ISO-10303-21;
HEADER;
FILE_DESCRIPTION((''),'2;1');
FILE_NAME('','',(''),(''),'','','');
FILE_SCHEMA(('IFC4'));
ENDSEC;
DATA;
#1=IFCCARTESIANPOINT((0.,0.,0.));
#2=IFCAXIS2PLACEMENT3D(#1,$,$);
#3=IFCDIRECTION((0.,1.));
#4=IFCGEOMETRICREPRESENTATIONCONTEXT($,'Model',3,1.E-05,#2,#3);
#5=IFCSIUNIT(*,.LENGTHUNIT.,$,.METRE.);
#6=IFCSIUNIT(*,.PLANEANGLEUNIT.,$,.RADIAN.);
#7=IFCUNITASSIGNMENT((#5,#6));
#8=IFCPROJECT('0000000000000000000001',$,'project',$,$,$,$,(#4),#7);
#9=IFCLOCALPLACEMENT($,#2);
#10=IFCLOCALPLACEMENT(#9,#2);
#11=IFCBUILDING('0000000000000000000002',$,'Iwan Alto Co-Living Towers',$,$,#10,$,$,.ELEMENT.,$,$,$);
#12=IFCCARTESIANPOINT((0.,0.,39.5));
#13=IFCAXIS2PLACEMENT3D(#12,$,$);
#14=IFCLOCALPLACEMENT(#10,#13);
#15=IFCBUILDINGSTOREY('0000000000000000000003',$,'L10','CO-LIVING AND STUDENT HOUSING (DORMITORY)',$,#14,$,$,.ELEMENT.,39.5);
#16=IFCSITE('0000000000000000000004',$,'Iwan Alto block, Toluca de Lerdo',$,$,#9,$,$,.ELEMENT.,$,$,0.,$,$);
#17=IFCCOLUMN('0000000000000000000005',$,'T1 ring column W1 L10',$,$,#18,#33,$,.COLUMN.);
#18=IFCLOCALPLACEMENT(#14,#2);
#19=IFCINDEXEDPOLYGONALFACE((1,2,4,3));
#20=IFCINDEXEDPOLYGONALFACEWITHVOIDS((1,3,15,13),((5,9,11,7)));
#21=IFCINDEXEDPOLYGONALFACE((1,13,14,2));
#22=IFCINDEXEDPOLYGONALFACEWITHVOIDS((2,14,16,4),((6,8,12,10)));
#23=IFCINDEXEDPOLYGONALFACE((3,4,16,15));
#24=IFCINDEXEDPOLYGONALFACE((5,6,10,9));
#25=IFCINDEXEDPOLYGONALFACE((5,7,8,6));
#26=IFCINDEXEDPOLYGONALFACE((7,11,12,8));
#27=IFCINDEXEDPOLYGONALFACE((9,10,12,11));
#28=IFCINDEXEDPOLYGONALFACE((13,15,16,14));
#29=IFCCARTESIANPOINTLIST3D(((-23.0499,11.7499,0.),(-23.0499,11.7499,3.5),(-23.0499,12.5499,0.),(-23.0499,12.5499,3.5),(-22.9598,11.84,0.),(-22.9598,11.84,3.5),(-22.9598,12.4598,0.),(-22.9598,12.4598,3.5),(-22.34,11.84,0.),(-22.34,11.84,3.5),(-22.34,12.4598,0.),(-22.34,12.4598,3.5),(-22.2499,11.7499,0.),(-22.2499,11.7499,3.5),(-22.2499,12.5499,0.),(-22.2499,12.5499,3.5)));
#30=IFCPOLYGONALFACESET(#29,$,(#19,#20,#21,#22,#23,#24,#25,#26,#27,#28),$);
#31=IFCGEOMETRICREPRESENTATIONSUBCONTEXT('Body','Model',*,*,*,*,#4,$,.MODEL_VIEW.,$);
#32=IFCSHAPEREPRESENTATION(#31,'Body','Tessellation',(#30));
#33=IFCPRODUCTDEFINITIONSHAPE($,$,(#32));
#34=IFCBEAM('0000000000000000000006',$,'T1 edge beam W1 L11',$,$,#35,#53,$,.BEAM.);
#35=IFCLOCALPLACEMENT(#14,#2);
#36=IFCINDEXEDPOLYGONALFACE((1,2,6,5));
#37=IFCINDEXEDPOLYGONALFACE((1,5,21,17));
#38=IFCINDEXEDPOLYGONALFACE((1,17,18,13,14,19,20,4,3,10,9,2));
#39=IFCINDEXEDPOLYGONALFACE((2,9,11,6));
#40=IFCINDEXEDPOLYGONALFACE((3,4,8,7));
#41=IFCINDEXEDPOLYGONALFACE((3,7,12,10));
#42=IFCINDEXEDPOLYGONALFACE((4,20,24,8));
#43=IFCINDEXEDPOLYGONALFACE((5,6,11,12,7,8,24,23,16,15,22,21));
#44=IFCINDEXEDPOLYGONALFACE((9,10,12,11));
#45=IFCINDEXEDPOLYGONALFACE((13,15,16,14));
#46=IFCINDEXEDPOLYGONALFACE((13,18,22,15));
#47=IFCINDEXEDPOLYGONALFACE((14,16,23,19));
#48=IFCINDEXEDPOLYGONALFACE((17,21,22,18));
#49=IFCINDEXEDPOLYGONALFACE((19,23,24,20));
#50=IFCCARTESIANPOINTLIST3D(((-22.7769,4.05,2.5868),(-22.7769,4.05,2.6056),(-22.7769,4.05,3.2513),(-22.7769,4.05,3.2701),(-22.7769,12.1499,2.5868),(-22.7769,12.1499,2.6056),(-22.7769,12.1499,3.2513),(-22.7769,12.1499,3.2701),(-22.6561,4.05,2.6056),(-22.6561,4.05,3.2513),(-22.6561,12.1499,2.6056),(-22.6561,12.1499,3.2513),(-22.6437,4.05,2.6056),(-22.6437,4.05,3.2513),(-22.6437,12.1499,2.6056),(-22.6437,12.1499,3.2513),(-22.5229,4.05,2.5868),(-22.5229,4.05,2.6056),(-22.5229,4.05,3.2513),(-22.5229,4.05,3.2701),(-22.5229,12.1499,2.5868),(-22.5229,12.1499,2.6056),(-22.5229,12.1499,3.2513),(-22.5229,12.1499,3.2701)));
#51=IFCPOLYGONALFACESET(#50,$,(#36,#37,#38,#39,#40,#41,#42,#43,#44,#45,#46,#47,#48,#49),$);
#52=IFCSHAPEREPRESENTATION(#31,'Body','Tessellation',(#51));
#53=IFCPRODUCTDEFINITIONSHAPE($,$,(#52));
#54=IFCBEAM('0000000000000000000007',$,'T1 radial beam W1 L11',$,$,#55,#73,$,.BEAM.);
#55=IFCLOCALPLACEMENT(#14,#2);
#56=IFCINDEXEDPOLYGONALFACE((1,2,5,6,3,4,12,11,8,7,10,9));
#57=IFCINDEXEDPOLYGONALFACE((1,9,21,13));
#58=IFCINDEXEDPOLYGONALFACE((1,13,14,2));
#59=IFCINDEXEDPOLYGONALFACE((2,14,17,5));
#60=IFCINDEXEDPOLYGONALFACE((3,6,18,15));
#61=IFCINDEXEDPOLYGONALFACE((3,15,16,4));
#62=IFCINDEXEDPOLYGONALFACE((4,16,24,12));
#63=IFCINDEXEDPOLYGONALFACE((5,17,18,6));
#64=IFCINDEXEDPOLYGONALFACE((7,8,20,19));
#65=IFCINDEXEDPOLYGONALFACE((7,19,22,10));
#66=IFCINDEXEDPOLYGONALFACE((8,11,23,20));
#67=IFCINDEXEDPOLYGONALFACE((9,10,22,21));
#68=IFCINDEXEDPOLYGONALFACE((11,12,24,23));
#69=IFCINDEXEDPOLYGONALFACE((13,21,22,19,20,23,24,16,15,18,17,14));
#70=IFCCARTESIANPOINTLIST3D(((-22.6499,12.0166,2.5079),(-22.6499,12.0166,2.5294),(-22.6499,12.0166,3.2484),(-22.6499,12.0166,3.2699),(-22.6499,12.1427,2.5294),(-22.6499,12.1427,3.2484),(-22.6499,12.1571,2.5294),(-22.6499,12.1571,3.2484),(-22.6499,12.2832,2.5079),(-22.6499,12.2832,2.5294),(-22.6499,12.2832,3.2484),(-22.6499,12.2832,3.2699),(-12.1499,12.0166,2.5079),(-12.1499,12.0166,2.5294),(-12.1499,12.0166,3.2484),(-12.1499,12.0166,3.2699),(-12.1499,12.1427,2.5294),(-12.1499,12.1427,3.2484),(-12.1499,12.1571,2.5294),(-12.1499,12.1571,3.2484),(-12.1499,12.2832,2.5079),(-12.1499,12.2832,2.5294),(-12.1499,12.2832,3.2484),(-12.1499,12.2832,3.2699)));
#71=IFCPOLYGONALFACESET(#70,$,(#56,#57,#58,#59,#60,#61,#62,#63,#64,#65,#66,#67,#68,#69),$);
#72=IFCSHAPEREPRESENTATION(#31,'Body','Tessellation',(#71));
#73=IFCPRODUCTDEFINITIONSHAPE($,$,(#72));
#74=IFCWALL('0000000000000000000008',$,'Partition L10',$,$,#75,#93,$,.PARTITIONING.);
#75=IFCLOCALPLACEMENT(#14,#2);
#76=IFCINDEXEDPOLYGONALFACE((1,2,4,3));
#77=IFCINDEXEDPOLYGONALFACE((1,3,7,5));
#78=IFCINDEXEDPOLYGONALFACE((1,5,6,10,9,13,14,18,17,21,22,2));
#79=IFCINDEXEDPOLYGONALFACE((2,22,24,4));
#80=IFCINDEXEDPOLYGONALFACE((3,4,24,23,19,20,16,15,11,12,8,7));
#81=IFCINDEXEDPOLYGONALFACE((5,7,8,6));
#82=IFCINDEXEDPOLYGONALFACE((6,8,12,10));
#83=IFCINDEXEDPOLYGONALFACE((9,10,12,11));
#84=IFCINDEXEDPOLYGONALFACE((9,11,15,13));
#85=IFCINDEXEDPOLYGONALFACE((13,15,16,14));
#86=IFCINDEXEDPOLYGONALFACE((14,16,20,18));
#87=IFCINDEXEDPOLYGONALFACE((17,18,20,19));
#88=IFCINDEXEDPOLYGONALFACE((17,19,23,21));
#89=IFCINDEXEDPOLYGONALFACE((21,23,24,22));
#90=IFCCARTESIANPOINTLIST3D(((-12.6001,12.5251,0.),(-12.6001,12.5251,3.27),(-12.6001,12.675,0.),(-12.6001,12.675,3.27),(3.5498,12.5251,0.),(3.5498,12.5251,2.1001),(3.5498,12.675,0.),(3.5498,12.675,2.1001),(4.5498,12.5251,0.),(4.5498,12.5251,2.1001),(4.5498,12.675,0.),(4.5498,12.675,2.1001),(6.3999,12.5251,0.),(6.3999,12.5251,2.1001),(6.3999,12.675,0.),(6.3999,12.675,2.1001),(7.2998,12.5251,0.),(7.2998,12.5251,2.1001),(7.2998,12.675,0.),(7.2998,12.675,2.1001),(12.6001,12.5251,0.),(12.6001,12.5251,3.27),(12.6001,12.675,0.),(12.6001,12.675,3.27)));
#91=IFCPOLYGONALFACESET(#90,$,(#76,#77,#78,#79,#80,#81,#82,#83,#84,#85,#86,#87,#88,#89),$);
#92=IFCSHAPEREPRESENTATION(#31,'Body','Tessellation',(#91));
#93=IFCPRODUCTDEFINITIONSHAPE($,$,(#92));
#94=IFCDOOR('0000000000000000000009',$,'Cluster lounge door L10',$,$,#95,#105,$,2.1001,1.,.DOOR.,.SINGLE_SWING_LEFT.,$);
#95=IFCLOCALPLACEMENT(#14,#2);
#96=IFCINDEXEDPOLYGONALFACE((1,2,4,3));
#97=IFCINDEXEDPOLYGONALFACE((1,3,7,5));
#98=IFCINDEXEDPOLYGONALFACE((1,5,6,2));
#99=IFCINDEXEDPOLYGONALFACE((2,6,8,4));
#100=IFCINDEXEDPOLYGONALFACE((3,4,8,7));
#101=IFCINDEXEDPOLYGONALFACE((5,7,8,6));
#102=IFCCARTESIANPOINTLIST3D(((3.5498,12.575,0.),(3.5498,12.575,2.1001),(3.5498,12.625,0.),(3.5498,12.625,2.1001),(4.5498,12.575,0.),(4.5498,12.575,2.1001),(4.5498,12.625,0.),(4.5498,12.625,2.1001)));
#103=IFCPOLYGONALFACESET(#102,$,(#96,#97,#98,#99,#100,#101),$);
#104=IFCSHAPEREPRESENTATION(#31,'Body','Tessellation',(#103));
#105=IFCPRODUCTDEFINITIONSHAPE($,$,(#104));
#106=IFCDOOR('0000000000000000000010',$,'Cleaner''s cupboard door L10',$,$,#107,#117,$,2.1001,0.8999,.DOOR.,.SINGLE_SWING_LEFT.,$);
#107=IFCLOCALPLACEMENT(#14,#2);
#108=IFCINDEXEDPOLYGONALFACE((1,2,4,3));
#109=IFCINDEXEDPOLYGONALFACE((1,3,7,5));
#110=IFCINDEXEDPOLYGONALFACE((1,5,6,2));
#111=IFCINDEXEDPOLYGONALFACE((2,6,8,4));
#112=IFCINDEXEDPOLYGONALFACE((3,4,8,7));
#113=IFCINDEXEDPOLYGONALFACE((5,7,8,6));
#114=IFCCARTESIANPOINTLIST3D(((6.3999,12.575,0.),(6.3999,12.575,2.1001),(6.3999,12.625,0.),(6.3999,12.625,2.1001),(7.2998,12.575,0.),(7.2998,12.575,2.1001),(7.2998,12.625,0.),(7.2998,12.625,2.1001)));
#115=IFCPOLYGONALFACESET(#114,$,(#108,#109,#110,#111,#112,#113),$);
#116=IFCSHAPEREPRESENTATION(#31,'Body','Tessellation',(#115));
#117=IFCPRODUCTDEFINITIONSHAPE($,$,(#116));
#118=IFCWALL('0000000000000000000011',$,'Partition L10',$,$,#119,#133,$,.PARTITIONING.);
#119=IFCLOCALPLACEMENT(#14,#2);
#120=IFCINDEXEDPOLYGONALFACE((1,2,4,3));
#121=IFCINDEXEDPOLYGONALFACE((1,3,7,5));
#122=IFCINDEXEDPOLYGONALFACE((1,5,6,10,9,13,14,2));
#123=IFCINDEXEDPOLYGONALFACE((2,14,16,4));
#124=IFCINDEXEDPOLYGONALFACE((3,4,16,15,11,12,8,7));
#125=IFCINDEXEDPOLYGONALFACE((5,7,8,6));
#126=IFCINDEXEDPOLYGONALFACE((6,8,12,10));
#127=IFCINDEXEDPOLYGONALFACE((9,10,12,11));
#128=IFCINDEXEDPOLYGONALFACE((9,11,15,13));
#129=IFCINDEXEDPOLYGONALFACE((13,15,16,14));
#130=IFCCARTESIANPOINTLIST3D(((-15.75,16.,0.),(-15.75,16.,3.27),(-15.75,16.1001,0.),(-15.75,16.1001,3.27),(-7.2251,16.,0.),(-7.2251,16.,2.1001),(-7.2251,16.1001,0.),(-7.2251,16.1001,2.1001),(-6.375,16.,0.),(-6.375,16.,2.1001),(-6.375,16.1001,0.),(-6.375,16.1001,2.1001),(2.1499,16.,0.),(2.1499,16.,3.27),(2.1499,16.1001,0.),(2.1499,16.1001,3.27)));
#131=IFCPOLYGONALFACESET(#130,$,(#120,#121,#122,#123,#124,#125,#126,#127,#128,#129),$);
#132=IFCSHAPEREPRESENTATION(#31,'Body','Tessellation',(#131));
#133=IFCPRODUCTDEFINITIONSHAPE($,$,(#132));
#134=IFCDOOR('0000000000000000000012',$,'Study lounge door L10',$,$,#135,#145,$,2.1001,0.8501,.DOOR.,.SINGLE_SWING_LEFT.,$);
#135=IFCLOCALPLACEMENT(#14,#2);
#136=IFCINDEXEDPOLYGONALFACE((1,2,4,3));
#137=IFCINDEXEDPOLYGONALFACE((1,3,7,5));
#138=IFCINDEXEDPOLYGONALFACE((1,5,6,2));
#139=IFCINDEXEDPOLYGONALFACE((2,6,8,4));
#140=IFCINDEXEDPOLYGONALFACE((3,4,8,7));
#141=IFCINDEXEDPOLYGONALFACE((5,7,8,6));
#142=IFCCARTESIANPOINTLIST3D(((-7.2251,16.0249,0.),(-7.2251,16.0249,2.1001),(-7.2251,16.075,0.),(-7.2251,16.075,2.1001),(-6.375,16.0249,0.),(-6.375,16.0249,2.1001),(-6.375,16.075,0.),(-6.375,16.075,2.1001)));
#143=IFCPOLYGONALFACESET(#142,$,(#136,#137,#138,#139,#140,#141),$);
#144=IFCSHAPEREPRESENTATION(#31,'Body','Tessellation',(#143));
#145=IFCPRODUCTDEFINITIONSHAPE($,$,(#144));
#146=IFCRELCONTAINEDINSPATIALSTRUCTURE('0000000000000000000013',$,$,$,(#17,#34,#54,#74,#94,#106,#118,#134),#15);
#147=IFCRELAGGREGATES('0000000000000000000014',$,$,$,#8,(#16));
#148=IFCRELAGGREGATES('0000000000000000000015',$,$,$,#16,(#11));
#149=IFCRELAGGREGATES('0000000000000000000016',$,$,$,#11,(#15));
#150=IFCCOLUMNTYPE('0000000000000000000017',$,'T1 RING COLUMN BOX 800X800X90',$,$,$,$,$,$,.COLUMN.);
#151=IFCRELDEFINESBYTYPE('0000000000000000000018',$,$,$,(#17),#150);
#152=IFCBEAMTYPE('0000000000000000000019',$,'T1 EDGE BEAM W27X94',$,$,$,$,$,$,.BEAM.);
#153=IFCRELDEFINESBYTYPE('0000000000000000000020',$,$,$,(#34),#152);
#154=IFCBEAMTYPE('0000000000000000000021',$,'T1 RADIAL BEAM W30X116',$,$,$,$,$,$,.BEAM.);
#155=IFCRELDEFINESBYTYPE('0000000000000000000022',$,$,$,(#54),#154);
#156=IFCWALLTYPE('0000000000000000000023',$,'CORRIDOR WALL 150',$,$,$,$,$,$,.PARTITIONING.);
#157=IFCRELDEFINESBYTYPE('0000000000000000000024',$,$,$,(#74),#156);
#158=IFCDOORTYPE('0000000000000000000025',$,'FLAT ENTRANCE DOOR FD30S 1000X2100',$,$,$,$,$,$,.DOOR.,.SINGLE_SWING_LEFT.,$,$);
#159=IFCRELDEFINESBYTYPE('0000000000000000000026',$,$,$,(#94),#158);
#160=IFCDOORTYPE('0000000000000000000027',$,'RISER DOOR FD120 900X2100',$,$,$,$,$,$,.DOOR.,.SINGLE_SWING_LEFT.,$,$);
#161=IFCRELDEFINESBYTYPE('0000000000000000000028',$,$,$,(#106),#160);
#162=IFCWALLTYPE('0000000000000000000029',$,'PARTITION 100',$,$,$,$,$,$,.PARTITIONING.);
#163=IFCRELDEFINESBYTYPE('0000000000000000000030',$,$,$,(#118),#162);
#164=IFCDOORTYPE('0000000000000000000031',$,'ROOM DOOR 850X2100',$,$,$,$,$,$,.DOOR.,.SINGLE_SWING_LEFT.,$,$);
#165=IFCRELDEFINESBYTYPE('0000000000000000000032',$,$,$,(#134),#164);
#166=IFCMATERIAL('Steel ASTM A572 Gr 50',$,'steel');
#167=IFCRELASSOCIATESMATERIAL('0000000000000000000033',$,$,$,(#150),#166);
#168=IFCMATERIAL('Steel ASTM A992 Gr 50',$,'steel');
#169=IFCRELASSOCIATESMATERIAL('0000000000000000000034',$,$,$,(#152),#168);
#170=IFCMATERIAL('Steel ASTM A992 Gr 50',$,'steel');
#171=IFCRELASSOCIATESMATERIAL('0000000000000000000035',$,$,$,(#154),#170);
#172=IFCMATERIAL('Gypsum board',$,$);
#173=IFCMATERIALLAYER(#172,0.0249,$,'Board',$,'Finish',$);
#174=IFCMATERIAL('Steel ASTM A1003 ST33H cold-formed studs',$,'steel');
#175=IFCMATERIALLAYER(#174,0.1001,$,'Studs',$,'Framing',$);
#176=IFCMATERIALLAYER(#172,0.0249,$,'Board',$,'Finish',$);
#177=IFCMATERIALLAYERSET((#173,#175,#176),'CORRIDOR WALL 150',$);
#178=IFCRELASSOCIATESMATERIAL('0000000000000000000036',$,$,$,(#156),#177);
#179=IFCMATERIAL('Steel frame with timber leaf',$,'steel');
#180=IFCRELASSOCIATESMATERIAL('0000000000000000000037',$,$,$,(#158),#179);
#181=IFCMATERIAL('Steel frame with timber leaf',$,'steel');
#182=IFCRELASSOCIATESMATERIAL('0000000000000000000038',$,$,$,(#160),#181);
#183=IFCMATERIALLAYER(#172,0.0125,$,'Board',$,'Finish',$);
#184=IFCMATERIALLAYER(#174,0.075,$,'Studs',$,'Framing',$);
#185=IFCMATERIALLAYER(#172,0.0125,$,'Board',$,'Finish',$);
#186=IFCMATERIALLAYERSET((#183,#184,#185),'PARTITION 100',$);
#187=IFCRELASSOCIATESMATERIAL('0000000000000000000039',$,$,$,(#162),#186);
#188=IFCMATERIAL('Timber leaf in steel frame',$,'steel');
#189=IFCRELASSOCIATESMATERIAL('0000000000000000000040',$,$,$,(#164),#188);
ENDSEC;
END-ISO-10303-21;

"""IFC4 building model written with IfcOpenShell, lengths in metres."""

from ifc_helpers import new_model, si_unit, direction, frame, frame_2d, origin, origin_2d, place, context, subcontext, project, spatial, rectangle, hollow_rectangle, i_section, extrude, material, layer, layer_set, material_profile, profile_set, type_object, element, fill, save


model = new_model("IFC4")

# Units and contexts
model_context = context("Model", 3, precision=1e-05, world=origin(), true_north=direction((0.0, 1.0)))
body_context = subcontext(model_context, "Body", "Model", "MODEL_VIEW")
ifc_project = project(units=[si_unit("LENGTHUNIT", "METRE"), si_unit("PLANEANGLEUNIT", "RADIAN")], contexts=[model_context])

# Site, building, storey
site_placement = place(None, origin())
site = spatial("IfcSite", under=ifc_project, at=site_placement, Name="Iwan Alto block, Toluca de Lerdo", CompositionType="ELEMENT", RefElevation=0.0)
building_placement = place(site_placement, origin())
building = spatial("IfcBuilding", under=site, at=building_placement, Name="Iwan Alto Co-Living Towers", CompositionType="ELEMENT")
storey_placement = place(building_placement, frame((0.0, 0.0, 39.5)))
storey = spatial("IfcBuildingStorey", under=building, at=storey_placement, Name="L10", Description="CO-LIVING AND STUDENT HOUSING (DORMITORY)", CompositionType="ELEMENT", Elevation=39.5)

# Column
ifc_material_1 = material(Name="Steel ASTM A572 Gr 50", Category="steel")
ifc_material_profile_1 = material_profile(ifc_material_1, hollow_rectangle(XDim=0.8, YDim=0.8, WallThickness=0.0901, at=origin_2d()), Name="BOX 800X800X90")
ifc_profile_set_1 = profile_set([ifc_material_profile_1], Name="Steel ASTM A572 Gr 50")
column_type = type_object("IfcColumnType", Name="T1 RING COLUMN BOX 800X800X90", PredefinedType="COLUMN", material=ifc_profile_set_1)
column_placement = place(storey_placement, frame((-22.6499, 12.1499, 0.0), z_axis=(0.0, 0.0, 1.0), x_axis=(1.0, 0.0, 0.0)))
element("IfcColumn", 1, at=column_placement, inside=storey, type_object=column_type, Name="T1 ring column W1 L10", PredefinedType="COLUMN", context=body_context, shape_type="SweptSolid", body=[
    extrude(hollow_rectangle(XDim=0.8, YDim=0.8, WallThickness=0.0901, at=origin_2d()), origin(), (0.0, 0.0, 1.0), 3.5),
])

# Beams
ifc_material_2 = material(Name="Steel ASTM A992 Gr 50", Category="steel")
ifc_material_profile_2 = material_profile(ifc_material_2, i_section(OverallWidth=0.2539, OverallDepth=0.6833, WebThickness=0.0125, FlangeThickness=0.0188, at=origin_2d()), Name="W27X94")
ifc_profile_set_2 = profile_set([ifc_material_profile_2], Name="Steel ASTM A992 Gr 50")
beam_type_1 = type_object("IfcBeamType", Name="T1 EDGE BEAM W27X94", PredefinedType="BEAM", material=ifc_profile_set_2)
beam_1_placement = place(storey_placement, frame((-22.6499, 12.1499, 2.9285), z_axis=(0.0, -1.0, 0.0), x_axis=(1.0, 0.0, 0.0)))
element("IfcBeam", 2, at=beam_1_placement, inside=storey, type_object=beam_type_1, Name="T1 edge beam W1 L11", PredefinedType="BEAM", context=body_context, shape_type="SweptSolid", body=[
    extrude(i_section(OverallWidth=0.2539, OverallDepth=0.6833, WebThickness=0.0125, FlangeThickness=0.0188, at=origin_2d()), origin(), (0.0, 0.0, 1.0), 8.0999),
])
ifc_material_3 = material(Name="Steel ASTM A992 Gr 50", Category="steel")
ifc_material_profile_3 = material_profile(ifc_material_3, i_section(OverallWidth=0.2666, OverallDepth=0.762, WebThickness=0.0144, FlangeThickness=0.0215, at=origin_2d()), Name="W30X116")
ifc_profile_set_3 = profile_set([ifc_material_profile_3], Name="Steel ASTM A992 Gr 50")
beam_type_2 = type_object("IfcBeamType", Name="T1 RADIAL BEAM W30X116", PredefinedType="BEAM", material=ifc_profile_set_3)
beam_2_placement = place(storey_placement, frame((-22.6499, 12.1499, 2.8889), z_axis=(1.0, 0.0, 0.0), x_axis=(0.0, 1.0, 0.0)))
element("IfcBeam", 3, at=beam_2_placement, inside=storey, type_object=beam_type_2, Name="T1 radial beam W1 L11", PredefinedType="BEAM", context=body_context, shape_type="SweptSolid", body=[
    extrude(i_section(OverallWidth=0.2666, OverallDepth=0.762, WebThickness=0.0144, FlangeThickness=0.0215, at=origin_2d()), origin(), (0.0, 0.0, 1.0), 10.5),
])

# Wall, openings, doors
ifc_material_4 = material(Name="Gypsum board")
ifc_layer_1 = layer(ifc_material_4, 0.0249, Name="Board", Category="Finish")
ifc_material_5 = material(Name="Steel ASTM A1003 ST33H cold-formed studs", Category="steel")
ifc_layer_2 = layer(ifc_material_5, 0.1001, Name="Studs", Category="Framing")
ifc_layer_3 = layer(ifc_material_4, 0.0249, Name="Board", Category="Finish")
ifc_layer_set_1 = layer_set([ifc_layer_1, ifc_layer_2, ifc_layer_3], Name="CORRIDOR WALL 150")
wall_type_1 = type_object("IfcWallType", Name="CORRIDOR WALL 150", PredefinedType="PARTITIONING", material=ifc_layer_set_1)
wall_1_placement = place(storey_placement, frame((-12.6001, 12.6001, 0.0), z_axis=(0.0, 0.0, 1.0), x_axis=(1.0, 0.0, 0.0)))
wall_1 = element("IfcWall", 4, at=wall_1_placement, inside=storey, type_object=wall_type_1, Name="Partition L10", PredefinedType="PARTITIONING", context=body_context, shape_type="SweptSolid", body=[
    extrude(rectangle(XDim=25.2002, YDim=0.1499, at=frame_2d((12.6001, 0.0))), origin(), (0.0, 0.0, 1.0), 3.27),
])
opening_1_placement = place(wall_1_placement, frame((16.1499, 0.0, 0.0)))
opening_1 = element("IfcOpeningElement", 5, at=opening_1_placement, cuts=wall_1, PredefinedType="OPENING", context=body_context, shape_type="SweptSolid", body=[
    extrude(rectangle(XDim=1.0, YDim=2.1001, at=frame_2d((0.5, 1.05))), frame((0.0, 0.085, 0.0), z_axis=(0.0, -1.0, 0.0), x_axis=(1.0, 0.0, 0.0)), (0.0, 0.0, 1.0), 0.1699),
])
opening_2_placement = place(wall_1_placement, frame((19.0, 0.0, 0.0)))
opening_2 = element("IfcOpeningElement", 6, at=opening_2_placement, cuts=wall_1, PredefinedType="OPENING", context=body_context, shape_type="SweptSolid", body=[
    extrude(rectangle(XDim=0.8999, YDim=2.1001, at=frame_2d((0.45, 1.05))), frame((0.0, 0.085, 0.0), z_axis=(0.0, -1.0, 0.0), x_axis=(1.0, 0.0, 0.0)), (0.0, 0.0, 1.0), 0.1699),
])
ifc_material_6 = material(Name="Steel frame with timber leaf", Category="steel")
door_type_1 = type_object("IfcDoorType", Name="FLAT ENTRANCE DOOR FD30S 1000X2100", OperationType="SINGLE_SWING_LEFT", PredefinedType="DOOR", material=ifc_material_6)
door_1_placement = place(opening_1_placement, origin())
door_1 = element("IfcDoor", 7, at=door_1_placement, inside=storey, type_object=door_type_1, Name="Cluster lounge door L10", OperationType="SINGLE_SWING_LEFT", OverallHeight=2.1001, OverallWidth=1.0, PredefinedType="DOOR", context=body_context, shape_type="SweptSolid", body=[
    extrude(rectangle(XDim=1.0, YDim=2.1001, at=frame_2d((0.5, 1.05))), frame((0.0, 0.0249, 0.0), z_axis=(0.0, -1.0, 0.0), x_axis=(1.0, 0.0, 0.0)), (0.0, 0.0, 1.0), 0.05),
])
fill(opening_1, door_1)
ifc_material_7 = material(Name="Steel frame with timber leaf", Category="steel")
door_type_2 = type_object("IfcDoorType", Name="RISER DOOR FD120 900X2100", OperationType="SINGLE_SWING_LEFT", PredefinedType="DOOR", material=ifc_material_7)
door_2_placement = place(opening_2_placement, origin())
door_2 = element("IfcDoor", 8, at=door_2_placement, inside=storey, type_object=door_type_2, Name="Cleaner's cupboard door L10", OperationType="SINGLE_SWING_LEFT", OverallHeight=2.1001, OverallWidth=0.8999, PredefinedType="DOOR", context=body_context, shape_type="SweptSolid", body=[
    extrude(rectangle(XDim=0.8999, YDim=2.1001, at=frame_2d((0.45, 1.05))), frame((0.0, 0.0249, 0.0), z_axis=(0.0, -1.0, 0.0), x_axis=(1.0, 0.0, 0.0)), (0.0, 0.0, 1.0), 0.05),
])
fill(opening_2, door_2)

# Wall, opening, door
ifc_layer_4 = layer(ifc_material_4, 0.0125, Name="Board", Category="Finish")
ifc_layer_5 = layer(ifc_material_5, 0.075, Name="Studs", Category="Framing")
ifc_layer_6 = layer(ifc_material_4, 0.0125, Name="Board", Category="Finish")
ifc_layer_set_2 = layer_set([ifc_layer_4, ifc_layer_5, ifc_layer_6], Name="PARTITION 100")
wall_type_2 = type_object("IfcWallType", Name="PARTITION 100", PredefinedType="PARTITIONING", material=ifc_layer_set_2)
wall_2_placement = place(storey_placement, frame((-15.75, 16.05, 0.0), z_axis=(0.0, 0.0, 1.0), x_axis=(1.0, 0.0, 0.0)))
wall_2 = element("IfcWall", 9, at=wall_2_placement, inside=storey, type_object=wall_type_2, Name="Partition L10", PredefinedType="PARTITIONING", context=body_context, shape_type="SweptSolid", body=[
    extrude(rectangle(XDim=17.8999, YDim=0.1001, at=frame_2d((8.95, 0.0))), origin(), (0.0, 0.0, 1.0), 3.27),
])
opening_3_placement = place(wall_2_placement, frame((8.5249, 0.0, 0.0)))
opening_3 = element("IfcOpeningElement", 10, at=opening_3_placement, cuts=wall_2, PredefinedType="OPENING", context=body_context, shape_type="SweptSolid", body=[
    extrude(rectangle(XDim=0.8501, YDim=2.1001, at=frame_2d((0.425, 1.05))), frame((0.0, 0.0601, 0.0), z_axis=(0.0, -1.0, 0.0), x_axis=(1.0, 0.0, 0.0)), (0.0, 0.0, 1.0), 0.1201),
])
ifc_material_8 = material(Name="Timber leaf in steel frame", Category="steel")
door_type_3 = type_object("IfcDoorType", Name="ROOM DOOR 850X2100", OperationType="SINGLE_SWING_LEFT", PredefinedType="DOOR", material=ifc_material_8)
door_3_placement = place(opening_3_placement, origin())
door_3 = element("IfcDoor", 11, at=door_3_placement, inside=storey, type_object=door_type_3, Name="Study lounge door L10", OperationType="SINGLE_SWING_LEFT", OverallHeight=2.1001, OverallWidth=0.8501, PredefinedType="DOOR", context=body_context, shape_type="SweptSolid", body=[
    extrude(rectangle(XDim=0.8501, YDim=2.1001, at=frame_2d((0.425, 1.05))), frame((0.0, 0.0249, 0.0), z_axis=(0.0, -1.0, 0.0), x_axis=(1.0, 0.0, 0.0)), (0.0, 0.0, 1.0), 0.05),
])
fill(opening_3, door_3)

save(model, "model.ifc")
